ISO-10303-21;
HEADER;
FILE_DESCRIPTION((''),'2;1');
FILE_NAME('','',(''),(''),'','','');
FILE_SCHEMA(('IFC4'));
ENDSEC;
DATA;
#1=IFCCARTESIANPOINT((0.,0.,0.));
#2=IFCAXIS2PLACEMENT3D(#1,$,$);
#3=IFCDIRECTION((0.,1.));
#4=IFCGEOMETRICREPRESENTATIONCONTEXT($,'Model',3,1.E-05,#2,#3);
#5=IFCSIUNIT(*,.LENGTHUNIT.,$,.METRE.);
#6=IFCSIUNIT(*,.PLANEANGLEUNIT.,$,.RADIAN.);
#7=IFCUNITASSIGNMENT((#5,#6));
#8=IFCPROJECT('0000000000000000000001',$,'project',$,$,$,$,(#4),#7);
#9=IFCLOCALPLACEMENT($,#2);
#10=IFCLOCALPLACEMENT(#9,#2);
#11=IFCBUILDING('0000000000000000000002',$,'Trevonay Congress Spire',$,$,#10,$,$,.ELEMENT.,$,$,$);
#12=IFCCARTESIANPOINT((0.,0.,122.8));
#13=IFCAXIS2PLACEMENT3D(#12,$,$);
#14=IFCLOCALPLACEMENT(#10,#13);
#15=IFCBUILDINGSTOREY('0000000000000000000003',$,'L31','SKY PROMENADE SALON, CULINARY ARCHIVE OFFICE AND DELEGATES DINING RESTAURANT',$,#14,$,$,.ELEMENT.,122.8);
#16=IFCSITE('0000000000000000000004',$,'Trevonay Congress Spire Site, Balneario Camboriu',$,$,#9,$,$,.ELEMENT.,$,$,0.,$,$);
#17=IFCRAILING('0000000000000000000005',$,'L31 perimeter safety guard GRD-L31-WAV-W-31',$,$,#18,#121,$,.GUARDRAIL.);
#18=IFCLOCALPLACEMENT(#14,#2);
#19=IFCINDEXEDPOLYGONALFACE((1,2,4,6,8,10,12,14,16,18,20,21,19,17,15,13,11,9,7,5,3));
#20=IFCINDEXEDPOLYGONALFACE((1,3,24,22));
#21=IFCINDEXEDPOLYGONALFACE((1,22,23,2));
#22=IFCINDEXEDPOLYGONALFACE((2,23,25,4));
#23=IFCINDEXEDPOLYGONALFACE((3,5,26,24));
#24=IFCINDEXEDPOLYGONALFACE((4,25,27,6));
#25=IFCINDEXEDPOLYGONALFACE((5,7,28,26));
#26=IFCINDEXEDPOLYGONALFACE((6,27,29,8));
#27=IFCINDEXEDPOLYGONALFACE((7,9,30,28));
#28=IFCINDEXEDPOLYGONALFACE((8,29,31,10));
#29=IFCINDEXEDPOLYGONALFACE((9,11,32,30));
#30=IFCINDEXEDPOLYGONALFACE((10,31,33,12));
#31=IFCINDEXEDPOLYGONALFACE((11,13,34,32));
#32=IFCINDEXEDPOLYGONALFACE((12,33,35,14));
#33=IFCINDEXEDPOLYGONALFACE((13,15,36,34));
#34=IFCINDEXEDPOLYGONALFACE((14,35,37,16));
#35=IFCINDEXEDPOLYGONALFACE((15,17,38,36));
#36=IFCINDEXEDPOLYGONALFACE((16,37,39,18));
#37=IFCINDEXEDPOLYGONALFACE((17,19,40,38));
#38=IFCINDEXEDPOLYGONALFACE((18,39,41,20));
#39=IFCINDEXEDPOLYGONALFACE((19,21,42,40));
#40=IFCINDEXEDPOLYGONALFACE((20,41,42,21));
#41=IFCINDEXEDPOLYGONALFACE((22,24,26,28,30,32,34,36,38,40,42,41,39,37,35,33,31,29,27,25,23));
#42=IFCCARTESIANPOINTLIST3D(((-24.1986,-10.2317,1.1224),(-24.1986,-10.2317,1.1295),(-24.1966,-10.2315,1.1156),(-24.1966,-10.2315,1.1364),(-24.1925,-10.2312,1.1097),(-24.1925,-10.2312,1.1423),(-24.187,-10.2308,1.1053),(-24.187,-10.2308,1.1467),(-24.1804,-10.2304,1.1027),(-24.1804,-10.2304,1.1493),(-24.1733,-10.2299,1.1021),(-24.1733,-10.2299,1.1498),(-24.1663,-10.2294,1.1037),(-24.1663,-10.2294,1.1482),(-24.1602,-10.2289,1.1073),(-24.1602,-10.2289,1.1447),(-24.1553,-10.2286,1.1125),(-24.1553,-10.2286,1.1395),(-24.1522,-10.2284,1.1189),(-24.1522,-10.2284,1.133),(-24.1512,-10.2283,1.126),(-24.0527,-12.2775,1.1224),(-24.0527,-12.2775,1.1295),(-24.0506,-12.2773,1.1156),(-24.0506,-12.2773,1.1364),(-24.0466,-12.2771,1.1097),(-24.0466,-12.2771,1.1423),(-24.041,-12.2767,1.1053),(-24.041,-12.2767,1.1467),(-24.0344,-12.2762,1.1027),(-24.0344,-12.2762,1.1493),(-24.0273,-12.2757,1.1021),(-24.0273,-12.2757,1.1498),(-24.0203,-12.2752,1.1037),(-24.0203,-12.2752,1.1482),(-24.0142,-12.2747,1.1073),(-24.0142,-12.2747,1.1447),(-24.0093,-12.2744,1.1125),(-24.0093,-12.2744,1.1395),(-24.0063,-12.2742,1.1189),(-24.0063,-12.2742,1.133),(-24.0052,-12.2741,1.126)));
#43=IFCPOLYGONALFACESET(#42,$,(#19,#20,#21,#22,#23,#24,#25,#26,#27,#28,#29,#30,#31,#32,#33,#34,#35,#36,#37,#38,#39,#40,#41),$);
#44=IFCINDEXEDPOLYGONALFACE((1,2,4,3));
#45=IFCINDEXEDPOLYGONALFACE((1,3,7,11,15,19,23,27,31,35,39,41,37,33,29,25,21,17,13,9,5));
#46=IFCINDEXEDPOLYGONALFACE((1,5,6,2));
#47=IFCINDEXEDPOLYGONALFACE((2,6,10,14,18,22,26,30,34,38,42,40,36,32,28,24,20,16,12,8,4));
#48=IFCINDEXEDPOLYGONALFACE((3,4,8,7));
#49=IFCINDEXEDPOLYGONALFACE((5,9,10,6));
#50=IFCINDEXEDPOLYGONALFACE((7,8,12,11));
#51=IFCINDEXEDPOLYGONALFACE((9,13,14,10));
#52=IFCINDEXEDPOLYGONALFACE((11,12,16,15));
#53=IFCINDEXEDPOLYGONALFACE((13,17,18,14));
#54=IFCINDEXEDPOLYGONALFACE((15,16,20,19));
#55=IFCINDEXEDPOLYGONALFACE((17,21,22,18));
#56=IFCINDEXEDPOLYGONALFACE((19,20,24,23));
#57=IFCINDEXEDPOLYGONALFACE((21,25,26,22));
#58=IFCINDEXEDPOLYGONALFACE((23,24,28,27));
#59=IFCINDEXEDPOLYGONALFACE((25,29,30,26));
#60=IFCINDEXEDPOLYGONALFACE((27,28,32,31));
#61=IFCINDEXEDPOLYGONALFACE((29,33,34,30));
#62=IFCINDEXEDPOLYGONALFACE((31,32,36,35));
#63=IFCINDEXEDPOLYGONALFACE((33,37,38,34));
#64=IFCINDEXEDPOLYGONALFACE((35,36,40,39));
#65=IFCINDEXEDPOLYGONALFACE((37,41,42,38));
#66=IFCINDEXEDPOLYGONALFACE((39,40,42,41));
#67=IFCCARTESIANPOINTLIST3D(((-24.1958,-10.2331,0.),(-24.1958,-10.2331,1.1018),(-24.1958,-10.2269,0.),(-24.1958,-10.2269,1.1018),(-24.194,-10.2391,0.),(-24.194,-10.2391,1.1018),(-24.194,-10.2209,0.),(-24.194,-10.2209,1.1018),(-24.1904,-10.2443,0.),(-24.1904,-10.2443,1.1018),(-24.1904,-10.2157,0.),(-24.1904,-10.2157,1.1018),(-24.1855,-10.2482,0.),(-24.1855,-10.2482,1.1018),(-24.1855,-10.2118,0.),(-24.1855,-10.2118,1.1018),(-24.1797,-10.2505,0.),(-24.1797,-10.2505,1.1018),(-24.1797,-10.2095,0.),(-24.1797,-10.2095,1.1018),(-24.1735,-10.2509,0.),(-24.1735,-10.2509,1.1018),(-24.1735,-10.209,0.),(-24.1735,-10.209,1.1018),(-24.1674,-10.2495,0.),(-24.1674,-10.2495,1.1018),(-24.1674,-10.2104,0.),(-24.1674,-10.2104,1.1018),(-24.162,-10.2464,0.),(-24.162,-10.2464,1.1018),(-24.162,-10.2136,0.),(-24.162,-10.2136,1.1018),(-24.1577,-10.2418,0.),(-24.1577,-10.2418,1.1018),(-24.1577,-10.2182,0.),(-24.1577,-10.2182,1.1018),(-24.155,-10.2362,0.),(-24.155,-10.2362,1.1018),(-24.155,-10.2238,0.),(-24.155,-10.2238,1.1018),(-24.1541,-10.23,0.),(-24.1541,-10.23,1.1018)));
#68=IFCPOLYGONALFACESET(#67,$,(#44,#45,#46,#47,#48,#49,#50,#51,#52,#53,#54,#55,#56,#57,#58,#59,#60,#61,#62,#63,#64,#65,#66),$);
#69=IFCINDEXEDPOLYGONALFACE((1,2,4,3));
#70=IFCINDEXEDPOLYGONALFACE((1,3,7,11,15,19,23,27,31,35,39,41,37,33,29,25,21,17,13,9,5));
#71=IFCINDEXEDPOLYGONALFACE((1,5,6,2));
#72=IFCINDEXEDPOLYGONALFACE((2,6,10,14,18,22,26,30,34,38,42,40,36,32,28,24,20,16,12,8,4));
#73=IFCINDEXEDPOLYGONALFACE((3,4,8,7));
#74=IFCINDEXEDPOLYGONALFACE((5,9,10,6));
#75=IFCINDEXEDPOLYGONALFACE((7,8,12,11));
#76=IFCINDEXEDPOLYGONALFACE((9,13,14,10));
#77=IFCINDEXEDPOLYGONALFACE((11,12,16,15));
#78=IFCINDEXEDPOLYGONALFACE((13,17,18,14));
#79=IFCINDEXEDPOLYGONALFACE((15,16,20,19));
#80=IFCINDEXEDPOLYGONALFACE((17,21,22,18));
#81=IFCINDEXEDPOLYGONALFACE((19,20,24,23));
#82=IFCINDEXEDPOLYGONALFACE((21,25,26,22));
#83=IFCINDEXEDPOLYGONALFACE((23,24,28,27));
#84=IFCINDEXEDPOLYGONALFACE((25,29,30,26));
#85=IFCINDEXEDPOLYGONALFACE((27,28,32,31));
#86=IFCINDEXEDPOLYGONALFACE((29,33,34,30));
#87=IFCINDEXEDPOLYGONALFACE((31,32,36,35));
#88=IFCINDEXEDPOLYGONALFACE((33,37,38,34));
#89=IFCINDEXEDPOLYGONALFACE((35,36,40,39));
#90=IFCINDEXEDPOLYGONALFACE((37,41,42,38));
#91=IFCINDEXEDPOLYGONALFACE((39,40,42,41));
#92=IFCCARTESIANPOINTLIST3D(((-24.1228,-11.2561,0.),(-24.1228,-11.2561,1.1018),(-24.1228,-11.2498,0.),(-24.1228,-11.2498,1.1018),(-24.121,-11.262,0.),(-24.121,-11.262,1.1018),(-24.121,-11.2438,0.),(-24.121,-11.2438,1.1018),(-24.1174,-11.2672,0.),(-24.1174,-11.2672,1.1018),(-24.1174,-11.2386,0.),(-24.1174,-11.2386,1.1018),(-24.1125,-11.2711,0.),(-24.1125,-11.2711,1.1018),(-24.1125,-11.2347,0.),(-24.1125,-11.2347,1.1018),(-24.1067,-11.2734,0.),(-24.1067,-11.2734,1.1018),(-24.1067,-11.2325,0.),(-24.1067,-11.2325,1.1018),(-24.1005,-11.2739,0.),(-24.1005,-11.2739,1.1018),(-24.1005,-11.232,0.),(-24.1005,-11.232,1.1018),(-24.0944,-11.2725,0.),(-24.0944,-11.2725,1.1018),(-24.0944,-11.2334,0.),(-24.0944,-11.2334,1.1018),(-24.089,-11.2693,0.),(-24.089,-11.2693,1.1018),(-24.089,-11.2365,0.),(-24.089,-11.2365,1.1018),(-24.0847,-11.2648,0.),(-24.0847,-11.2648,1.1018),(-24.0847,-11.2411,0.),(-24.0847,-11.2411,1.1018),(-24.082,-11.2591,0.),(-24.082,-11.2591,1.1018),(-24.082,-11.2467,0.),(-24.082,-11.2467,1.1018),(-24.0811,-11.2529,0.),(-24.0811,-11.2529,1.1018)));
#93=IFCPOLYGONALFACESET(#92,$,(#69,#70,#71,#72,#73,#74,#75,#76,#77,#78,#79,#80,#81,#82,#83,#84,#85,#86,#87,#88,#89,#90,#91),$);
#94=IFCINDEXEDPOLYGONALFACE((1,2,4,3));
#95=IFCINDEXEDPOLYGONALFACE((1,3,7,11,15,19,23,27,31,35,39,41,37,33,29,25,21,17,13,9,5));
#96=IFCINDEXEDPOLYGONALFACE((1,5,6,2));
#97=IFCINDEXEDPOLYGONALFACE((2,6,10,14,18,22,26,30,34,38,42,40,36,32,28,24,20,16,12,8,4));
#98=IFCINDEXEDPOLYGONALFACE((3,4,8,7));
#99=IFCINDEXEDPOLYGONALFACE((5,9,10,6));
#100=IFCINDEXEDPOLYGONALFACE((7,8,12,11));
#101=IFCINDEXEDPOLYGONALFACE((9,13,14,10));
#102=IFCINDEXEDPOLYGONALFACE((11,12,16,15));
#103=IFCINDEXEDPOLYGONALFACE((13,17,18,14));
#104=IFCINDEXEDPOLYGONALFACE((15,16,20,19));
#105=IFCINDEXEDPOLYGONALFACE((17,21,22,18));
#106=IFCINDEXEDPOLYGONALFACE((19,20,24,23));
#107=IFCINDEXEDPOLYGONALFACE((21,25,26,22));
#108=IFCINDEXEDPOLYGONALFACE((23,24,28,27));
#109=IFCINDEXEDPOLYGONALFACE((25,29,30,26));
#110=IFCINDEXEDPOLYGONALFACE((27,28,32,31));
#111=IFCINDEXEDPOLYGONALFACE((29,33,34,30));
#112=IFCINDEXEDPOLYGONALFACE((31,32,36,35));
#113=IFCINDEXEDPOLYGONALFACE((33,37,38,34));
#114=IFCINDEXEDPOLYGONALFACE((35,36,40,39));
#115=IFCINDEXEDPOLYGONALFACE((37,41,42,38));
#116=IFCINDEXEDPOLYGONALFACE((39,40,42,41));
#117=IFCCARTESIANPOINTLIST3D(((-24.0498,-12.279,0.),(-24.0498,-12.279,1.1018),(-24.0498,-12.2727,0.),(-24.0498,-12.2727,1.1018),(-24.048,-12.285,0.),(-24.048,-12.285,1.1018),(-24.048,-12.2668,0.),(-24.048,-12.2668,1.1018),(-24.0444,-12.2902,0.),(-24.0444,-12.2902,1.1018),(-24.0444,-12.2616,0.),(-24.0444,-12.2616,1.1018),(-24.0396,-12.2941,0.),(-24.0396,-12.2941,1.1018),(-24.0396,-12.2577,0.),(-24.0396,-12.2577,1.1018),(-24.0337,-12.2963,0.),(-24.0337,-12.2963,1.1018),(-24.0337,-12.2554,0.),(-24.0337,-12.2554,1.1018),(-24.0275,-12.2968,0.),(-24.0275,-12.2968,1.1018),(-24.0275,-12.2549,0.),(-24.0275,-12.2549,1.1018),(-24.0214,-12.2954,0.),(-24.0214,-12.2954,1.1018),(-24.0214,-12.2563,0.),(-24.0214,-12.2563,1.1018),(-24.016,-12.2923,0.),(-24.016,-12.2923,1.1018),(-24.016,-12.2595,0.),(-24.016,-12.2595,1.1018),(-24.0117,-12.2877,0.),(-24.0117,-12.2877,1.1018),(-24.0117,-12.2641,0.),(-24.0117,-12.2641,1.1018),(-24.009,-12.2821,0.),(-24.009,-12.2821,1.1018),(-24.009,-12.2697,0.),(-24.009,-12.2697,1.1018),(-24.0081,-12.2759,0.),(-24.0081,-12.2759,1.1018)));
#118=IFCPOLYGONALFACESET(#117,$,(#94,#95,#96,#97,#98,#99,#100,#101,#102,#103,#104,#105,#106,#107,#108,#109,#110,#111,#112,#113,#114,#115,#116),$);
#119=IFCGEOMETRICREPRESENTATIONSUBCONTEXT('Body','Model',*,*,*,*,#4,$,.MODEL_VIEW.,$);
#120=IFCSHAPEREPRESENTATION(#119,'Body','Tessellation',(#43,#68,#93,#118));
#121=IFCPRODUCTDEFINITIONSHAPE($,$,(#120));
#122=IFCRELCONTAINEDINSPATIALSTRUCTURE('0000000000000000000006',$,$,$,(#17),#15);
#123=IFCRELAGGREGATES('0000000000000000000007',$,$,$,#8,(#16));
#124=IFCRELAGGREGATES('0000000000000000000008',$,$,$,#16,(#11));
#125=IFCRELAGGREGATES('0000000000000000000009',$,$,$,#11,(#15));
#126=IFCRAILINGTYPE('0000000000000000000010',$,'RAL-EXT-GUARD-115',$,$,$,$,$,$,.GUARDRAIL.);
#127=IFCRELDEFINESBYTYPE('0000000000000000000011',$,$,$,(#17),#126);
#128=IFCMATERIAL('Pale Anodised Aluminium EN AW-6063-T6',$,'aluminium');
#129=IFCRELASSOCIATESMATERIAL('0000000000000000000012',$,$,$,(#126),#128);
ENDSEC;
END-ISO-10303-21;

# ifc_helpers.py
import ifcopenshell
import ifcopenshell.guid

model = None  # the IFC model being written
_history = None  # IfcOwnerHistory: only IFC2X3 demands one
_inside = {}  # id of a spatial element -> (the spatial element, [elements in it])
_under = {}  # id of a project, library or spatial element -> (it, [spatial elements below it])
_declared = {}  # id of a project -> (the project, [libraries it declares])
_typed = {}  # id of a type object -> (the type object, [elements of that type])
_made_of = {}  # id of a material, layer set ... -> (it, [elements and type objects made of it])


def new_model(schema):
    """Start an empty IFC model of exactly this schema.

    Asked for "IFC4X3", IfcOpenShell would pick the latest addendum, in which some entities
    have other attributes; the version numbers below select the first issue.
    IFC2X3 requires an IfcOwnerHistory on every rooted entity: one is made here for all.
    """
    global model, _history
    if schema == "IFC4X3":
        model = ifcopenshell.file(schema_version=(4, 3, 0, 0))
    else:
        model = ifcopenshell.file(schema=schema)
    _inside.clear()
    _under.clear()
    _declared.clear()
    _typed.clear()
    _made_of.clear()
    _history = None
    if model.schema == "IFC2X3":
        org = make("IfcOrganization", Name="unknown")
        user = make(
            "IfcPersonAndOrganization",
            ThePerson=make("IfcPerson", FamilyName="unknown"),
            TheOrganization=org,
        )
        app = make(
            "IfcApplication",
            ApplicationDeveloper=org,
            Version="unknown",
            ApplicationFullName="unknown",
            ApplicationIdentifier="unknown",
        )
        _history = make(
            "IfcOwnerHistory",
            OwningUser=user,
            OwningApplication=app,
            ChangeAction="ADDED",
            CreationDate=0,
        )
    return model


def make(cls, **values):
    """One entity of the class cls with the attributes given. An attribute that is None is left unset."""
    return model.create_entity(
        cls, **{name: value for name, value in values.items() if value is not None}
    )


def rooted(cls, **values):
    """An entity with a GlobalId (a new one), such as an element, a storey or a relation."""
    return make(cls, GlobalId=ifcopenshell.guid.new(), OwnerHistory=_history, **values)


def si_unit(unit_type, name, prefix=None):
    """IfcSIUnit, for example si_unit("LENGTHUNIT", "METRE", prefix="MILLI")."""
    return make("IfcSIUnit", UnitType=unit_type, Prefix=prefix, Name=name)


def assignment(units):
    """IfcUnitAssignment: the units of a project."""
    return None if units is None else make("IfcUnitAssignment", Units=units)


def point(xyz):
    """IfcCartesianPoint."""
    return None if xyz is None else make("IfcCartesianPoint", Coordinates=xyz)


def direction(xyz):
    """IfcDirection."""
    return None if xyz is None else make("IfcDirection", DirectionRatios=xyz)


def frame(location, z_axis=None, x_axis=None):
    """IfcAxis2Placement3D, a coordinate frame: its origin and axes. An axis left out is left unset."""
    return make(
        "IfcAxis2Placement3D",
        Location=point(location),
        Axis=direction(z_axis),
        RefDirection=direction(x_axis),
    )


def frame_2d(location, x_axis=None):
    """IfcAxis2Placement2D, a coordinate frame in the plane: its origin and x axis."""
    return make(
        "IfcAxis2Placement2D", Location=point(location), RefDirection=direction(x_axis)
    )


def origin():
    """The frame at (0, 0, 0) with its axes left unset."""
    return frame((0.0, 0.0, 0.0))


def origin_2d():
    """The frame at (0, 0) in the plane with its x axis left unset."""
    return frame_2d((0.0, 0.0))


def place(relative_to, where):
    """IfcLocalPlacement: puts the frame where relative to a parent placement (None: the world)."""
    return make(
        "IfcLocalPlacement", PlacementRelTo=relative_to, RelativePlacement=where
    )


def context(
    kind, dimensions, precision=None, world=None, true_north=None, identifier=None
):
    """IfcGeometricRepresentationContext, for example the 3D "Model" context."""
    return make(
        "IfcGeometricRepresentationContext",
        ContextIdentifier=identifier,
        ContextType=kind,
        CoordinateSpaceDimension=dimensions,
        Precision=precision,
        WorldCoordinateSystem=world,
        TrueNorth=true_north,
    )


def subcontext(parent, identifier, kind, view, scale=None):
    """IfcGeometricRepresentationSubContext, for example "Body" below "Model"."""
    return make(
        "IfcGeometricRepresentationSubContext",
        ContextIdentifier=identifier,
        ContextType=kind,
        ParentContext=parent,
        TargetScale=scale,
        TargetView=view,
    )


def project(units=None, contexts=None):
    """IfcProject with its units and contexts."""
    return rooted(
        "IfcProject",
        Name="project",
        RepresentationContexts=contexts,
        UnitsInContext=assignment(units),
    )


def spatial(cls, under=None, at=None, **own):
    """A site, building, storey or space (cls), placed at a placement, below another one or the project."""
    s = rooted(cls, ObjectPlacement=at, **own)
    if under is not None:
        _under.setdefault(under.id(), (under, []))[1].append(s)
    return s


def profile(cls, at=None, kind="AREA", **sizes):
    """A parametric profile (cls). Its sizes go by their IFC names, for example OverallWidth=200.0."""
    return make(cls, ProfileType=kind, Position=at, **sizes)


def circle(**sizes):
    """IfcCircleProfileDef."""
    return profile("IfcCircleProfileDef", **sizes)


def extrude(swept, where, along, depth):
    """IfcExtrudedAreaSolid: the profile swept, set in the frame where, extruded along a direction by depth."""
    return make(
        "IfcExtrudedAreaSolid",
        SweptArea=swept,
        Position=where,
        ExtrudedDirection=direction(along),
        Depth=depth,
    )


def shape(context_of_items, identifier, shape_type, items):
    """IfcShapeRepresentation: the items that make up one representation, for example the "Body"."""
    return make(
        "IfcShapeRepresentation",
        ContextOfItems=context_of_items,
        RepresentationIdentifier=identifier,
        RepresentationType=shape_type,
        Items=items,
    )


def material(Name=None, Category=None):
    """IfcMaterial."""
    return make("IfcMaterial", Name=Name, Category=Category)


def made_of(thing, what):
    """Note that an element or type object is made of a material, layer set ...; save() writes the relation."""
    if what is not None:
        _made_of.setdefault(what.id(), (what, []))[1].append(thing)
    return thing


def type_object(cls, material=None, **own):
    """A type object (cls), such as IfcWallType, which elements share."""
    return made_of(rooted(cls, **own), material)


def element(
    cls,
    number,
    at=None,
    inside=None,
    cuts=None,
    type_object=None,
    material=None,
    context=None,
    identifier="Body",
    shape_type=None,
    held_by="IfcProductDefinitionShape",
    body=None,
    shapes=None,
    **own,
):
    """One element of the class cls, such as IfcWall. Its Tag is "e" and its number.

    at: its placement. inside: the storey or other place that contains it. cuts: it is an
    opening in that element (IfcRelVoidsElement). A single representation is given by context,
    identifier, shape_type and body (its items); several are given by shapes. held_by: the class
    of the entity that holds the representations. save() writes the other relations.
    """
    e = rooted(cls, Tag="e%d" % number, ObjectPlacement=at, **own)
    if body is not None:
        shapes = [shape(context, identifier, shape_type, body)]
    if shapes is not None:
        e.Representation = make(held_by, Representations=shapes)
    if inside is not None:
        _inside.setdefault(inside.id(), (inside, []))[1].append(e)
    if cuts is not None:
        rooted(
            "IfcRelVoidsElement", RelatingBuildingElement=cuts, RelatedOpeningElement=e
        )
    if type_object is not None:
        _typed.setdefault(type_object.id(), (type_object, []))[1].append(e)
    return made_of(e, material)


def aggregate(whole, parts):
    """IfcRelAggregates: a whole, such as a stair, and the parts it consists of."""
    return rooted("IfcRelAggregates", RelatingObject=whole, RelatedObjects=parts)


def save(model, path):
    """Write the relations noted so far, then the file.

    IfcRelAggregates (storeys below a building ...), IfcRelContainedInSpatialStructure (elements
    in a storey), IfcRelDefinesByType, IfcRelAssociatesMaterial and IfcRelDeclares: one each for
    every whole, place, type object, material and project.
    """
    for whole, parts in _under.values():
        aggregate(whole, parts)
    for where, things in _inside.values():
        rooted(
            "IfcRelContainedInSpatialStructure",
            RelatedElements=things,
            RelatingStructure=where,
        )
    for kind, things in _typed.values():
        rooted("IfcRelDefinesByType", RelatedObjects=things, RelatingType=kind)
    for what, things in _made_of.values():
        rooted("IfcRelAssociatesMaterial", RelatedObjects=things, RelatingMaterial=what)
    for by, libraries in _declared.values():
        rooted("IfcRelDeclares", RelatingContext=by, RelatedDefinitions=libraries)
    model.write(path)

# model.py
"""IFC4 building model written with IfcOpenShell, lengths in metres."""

from ifc_helpers import new_model, si_unit, direction, frame, origin, origin_2d, place, context, subcontext, project, spatial, circle, extrude, material, type_object, element, save


model = new_model("IFC4")

# Units and contexts
model_context = context("Model", 3, precision=1e-05, world=origin(), true_north=direction((0.0, 1.0)))
body_context = subcontext(model_context, "Body", "Model", "MODEL_VIEW")
ifc_project = project(units=[si_unit("LENGTHUNIT", "METRE"), si_unit("PLANEANGLEUNIT", "RADIAN")], contexts=[model_context])

# Site, building, storey
site_placement = place(None, origin())
site = spatial("IfcSite", under=ifc_project, at=site_placement, Name="Trevonay Congress Spire Site, Balneario Camboriu", CompositionType="ELEMENT", RefElevation=0.0)
building_placement = place(site_placement, origin())
building = spatial("IfcBuilding", under=site, at=building_placement, Name="Trevonay Congress Spire", CompositionType="ELEMENT")
storey_placement = place(building_placement, frame((0.0, 0.0, 122.8)))
storey = spatial("IfcBuildingStorey", under=building, at=storey_placement, Name="L31", Description="SKY PROMENADE SALON, CULINARY ARCHIVE OFFICE AND DELEGATES DINING RESTAURANT", CompositionType="ELEMENT", Elevation=122.8)

# Shared definitions
ifc_material_1 = material(Name="Pale Anodised Aluminium EN AW-6063-T6", Category="aluminium")

# Railing
railing_type = type_object("IfcRailingType", Name="RAL-EXT-GUARD-115", PredefinedType="GUARDRAIL", material=ifc_material_1)
railing_1_placement = place(storey_placement, frame((-24.175, -10.23, 0.0)))
element("IfcRailing", 1, at=railing_1_placement, inside=storey, type_object=railing_type, Name="L31 perimeter safety guard GRD-L31-WAV-W-31", PredefinedType="GUARDRAIL", context=body_context, shape_type="SweptSolid", body=[
    extrude(circle(Radius=0.0239, at=origin_2d()), frame((0.0, 0.0, 1.126), z_axis=(0.071179, -0.997464, 0.0), x_axis=(0.997464, 0.071179, 0.0)), (0.0, 0.0, 1.0), 2.051),
    extrude(circle(Radius=0.021, at=origin_2d()), origin(), (0.0, 0.0, 1.0), 1.1018),
    extrude(circle(Radius=0.021, at=origin_2d()), frame((0.073, -1.0229, 0.0)), (0.0, 0.0, 1.0), 1.1018),
    extrude(circle(Radius=0.021, at=origin_2d()), frame((0.146, -2.0459, 0.0)), (0.0, 0.0, 1.0), 1.1018),
])

save(model, "model.ifc")
